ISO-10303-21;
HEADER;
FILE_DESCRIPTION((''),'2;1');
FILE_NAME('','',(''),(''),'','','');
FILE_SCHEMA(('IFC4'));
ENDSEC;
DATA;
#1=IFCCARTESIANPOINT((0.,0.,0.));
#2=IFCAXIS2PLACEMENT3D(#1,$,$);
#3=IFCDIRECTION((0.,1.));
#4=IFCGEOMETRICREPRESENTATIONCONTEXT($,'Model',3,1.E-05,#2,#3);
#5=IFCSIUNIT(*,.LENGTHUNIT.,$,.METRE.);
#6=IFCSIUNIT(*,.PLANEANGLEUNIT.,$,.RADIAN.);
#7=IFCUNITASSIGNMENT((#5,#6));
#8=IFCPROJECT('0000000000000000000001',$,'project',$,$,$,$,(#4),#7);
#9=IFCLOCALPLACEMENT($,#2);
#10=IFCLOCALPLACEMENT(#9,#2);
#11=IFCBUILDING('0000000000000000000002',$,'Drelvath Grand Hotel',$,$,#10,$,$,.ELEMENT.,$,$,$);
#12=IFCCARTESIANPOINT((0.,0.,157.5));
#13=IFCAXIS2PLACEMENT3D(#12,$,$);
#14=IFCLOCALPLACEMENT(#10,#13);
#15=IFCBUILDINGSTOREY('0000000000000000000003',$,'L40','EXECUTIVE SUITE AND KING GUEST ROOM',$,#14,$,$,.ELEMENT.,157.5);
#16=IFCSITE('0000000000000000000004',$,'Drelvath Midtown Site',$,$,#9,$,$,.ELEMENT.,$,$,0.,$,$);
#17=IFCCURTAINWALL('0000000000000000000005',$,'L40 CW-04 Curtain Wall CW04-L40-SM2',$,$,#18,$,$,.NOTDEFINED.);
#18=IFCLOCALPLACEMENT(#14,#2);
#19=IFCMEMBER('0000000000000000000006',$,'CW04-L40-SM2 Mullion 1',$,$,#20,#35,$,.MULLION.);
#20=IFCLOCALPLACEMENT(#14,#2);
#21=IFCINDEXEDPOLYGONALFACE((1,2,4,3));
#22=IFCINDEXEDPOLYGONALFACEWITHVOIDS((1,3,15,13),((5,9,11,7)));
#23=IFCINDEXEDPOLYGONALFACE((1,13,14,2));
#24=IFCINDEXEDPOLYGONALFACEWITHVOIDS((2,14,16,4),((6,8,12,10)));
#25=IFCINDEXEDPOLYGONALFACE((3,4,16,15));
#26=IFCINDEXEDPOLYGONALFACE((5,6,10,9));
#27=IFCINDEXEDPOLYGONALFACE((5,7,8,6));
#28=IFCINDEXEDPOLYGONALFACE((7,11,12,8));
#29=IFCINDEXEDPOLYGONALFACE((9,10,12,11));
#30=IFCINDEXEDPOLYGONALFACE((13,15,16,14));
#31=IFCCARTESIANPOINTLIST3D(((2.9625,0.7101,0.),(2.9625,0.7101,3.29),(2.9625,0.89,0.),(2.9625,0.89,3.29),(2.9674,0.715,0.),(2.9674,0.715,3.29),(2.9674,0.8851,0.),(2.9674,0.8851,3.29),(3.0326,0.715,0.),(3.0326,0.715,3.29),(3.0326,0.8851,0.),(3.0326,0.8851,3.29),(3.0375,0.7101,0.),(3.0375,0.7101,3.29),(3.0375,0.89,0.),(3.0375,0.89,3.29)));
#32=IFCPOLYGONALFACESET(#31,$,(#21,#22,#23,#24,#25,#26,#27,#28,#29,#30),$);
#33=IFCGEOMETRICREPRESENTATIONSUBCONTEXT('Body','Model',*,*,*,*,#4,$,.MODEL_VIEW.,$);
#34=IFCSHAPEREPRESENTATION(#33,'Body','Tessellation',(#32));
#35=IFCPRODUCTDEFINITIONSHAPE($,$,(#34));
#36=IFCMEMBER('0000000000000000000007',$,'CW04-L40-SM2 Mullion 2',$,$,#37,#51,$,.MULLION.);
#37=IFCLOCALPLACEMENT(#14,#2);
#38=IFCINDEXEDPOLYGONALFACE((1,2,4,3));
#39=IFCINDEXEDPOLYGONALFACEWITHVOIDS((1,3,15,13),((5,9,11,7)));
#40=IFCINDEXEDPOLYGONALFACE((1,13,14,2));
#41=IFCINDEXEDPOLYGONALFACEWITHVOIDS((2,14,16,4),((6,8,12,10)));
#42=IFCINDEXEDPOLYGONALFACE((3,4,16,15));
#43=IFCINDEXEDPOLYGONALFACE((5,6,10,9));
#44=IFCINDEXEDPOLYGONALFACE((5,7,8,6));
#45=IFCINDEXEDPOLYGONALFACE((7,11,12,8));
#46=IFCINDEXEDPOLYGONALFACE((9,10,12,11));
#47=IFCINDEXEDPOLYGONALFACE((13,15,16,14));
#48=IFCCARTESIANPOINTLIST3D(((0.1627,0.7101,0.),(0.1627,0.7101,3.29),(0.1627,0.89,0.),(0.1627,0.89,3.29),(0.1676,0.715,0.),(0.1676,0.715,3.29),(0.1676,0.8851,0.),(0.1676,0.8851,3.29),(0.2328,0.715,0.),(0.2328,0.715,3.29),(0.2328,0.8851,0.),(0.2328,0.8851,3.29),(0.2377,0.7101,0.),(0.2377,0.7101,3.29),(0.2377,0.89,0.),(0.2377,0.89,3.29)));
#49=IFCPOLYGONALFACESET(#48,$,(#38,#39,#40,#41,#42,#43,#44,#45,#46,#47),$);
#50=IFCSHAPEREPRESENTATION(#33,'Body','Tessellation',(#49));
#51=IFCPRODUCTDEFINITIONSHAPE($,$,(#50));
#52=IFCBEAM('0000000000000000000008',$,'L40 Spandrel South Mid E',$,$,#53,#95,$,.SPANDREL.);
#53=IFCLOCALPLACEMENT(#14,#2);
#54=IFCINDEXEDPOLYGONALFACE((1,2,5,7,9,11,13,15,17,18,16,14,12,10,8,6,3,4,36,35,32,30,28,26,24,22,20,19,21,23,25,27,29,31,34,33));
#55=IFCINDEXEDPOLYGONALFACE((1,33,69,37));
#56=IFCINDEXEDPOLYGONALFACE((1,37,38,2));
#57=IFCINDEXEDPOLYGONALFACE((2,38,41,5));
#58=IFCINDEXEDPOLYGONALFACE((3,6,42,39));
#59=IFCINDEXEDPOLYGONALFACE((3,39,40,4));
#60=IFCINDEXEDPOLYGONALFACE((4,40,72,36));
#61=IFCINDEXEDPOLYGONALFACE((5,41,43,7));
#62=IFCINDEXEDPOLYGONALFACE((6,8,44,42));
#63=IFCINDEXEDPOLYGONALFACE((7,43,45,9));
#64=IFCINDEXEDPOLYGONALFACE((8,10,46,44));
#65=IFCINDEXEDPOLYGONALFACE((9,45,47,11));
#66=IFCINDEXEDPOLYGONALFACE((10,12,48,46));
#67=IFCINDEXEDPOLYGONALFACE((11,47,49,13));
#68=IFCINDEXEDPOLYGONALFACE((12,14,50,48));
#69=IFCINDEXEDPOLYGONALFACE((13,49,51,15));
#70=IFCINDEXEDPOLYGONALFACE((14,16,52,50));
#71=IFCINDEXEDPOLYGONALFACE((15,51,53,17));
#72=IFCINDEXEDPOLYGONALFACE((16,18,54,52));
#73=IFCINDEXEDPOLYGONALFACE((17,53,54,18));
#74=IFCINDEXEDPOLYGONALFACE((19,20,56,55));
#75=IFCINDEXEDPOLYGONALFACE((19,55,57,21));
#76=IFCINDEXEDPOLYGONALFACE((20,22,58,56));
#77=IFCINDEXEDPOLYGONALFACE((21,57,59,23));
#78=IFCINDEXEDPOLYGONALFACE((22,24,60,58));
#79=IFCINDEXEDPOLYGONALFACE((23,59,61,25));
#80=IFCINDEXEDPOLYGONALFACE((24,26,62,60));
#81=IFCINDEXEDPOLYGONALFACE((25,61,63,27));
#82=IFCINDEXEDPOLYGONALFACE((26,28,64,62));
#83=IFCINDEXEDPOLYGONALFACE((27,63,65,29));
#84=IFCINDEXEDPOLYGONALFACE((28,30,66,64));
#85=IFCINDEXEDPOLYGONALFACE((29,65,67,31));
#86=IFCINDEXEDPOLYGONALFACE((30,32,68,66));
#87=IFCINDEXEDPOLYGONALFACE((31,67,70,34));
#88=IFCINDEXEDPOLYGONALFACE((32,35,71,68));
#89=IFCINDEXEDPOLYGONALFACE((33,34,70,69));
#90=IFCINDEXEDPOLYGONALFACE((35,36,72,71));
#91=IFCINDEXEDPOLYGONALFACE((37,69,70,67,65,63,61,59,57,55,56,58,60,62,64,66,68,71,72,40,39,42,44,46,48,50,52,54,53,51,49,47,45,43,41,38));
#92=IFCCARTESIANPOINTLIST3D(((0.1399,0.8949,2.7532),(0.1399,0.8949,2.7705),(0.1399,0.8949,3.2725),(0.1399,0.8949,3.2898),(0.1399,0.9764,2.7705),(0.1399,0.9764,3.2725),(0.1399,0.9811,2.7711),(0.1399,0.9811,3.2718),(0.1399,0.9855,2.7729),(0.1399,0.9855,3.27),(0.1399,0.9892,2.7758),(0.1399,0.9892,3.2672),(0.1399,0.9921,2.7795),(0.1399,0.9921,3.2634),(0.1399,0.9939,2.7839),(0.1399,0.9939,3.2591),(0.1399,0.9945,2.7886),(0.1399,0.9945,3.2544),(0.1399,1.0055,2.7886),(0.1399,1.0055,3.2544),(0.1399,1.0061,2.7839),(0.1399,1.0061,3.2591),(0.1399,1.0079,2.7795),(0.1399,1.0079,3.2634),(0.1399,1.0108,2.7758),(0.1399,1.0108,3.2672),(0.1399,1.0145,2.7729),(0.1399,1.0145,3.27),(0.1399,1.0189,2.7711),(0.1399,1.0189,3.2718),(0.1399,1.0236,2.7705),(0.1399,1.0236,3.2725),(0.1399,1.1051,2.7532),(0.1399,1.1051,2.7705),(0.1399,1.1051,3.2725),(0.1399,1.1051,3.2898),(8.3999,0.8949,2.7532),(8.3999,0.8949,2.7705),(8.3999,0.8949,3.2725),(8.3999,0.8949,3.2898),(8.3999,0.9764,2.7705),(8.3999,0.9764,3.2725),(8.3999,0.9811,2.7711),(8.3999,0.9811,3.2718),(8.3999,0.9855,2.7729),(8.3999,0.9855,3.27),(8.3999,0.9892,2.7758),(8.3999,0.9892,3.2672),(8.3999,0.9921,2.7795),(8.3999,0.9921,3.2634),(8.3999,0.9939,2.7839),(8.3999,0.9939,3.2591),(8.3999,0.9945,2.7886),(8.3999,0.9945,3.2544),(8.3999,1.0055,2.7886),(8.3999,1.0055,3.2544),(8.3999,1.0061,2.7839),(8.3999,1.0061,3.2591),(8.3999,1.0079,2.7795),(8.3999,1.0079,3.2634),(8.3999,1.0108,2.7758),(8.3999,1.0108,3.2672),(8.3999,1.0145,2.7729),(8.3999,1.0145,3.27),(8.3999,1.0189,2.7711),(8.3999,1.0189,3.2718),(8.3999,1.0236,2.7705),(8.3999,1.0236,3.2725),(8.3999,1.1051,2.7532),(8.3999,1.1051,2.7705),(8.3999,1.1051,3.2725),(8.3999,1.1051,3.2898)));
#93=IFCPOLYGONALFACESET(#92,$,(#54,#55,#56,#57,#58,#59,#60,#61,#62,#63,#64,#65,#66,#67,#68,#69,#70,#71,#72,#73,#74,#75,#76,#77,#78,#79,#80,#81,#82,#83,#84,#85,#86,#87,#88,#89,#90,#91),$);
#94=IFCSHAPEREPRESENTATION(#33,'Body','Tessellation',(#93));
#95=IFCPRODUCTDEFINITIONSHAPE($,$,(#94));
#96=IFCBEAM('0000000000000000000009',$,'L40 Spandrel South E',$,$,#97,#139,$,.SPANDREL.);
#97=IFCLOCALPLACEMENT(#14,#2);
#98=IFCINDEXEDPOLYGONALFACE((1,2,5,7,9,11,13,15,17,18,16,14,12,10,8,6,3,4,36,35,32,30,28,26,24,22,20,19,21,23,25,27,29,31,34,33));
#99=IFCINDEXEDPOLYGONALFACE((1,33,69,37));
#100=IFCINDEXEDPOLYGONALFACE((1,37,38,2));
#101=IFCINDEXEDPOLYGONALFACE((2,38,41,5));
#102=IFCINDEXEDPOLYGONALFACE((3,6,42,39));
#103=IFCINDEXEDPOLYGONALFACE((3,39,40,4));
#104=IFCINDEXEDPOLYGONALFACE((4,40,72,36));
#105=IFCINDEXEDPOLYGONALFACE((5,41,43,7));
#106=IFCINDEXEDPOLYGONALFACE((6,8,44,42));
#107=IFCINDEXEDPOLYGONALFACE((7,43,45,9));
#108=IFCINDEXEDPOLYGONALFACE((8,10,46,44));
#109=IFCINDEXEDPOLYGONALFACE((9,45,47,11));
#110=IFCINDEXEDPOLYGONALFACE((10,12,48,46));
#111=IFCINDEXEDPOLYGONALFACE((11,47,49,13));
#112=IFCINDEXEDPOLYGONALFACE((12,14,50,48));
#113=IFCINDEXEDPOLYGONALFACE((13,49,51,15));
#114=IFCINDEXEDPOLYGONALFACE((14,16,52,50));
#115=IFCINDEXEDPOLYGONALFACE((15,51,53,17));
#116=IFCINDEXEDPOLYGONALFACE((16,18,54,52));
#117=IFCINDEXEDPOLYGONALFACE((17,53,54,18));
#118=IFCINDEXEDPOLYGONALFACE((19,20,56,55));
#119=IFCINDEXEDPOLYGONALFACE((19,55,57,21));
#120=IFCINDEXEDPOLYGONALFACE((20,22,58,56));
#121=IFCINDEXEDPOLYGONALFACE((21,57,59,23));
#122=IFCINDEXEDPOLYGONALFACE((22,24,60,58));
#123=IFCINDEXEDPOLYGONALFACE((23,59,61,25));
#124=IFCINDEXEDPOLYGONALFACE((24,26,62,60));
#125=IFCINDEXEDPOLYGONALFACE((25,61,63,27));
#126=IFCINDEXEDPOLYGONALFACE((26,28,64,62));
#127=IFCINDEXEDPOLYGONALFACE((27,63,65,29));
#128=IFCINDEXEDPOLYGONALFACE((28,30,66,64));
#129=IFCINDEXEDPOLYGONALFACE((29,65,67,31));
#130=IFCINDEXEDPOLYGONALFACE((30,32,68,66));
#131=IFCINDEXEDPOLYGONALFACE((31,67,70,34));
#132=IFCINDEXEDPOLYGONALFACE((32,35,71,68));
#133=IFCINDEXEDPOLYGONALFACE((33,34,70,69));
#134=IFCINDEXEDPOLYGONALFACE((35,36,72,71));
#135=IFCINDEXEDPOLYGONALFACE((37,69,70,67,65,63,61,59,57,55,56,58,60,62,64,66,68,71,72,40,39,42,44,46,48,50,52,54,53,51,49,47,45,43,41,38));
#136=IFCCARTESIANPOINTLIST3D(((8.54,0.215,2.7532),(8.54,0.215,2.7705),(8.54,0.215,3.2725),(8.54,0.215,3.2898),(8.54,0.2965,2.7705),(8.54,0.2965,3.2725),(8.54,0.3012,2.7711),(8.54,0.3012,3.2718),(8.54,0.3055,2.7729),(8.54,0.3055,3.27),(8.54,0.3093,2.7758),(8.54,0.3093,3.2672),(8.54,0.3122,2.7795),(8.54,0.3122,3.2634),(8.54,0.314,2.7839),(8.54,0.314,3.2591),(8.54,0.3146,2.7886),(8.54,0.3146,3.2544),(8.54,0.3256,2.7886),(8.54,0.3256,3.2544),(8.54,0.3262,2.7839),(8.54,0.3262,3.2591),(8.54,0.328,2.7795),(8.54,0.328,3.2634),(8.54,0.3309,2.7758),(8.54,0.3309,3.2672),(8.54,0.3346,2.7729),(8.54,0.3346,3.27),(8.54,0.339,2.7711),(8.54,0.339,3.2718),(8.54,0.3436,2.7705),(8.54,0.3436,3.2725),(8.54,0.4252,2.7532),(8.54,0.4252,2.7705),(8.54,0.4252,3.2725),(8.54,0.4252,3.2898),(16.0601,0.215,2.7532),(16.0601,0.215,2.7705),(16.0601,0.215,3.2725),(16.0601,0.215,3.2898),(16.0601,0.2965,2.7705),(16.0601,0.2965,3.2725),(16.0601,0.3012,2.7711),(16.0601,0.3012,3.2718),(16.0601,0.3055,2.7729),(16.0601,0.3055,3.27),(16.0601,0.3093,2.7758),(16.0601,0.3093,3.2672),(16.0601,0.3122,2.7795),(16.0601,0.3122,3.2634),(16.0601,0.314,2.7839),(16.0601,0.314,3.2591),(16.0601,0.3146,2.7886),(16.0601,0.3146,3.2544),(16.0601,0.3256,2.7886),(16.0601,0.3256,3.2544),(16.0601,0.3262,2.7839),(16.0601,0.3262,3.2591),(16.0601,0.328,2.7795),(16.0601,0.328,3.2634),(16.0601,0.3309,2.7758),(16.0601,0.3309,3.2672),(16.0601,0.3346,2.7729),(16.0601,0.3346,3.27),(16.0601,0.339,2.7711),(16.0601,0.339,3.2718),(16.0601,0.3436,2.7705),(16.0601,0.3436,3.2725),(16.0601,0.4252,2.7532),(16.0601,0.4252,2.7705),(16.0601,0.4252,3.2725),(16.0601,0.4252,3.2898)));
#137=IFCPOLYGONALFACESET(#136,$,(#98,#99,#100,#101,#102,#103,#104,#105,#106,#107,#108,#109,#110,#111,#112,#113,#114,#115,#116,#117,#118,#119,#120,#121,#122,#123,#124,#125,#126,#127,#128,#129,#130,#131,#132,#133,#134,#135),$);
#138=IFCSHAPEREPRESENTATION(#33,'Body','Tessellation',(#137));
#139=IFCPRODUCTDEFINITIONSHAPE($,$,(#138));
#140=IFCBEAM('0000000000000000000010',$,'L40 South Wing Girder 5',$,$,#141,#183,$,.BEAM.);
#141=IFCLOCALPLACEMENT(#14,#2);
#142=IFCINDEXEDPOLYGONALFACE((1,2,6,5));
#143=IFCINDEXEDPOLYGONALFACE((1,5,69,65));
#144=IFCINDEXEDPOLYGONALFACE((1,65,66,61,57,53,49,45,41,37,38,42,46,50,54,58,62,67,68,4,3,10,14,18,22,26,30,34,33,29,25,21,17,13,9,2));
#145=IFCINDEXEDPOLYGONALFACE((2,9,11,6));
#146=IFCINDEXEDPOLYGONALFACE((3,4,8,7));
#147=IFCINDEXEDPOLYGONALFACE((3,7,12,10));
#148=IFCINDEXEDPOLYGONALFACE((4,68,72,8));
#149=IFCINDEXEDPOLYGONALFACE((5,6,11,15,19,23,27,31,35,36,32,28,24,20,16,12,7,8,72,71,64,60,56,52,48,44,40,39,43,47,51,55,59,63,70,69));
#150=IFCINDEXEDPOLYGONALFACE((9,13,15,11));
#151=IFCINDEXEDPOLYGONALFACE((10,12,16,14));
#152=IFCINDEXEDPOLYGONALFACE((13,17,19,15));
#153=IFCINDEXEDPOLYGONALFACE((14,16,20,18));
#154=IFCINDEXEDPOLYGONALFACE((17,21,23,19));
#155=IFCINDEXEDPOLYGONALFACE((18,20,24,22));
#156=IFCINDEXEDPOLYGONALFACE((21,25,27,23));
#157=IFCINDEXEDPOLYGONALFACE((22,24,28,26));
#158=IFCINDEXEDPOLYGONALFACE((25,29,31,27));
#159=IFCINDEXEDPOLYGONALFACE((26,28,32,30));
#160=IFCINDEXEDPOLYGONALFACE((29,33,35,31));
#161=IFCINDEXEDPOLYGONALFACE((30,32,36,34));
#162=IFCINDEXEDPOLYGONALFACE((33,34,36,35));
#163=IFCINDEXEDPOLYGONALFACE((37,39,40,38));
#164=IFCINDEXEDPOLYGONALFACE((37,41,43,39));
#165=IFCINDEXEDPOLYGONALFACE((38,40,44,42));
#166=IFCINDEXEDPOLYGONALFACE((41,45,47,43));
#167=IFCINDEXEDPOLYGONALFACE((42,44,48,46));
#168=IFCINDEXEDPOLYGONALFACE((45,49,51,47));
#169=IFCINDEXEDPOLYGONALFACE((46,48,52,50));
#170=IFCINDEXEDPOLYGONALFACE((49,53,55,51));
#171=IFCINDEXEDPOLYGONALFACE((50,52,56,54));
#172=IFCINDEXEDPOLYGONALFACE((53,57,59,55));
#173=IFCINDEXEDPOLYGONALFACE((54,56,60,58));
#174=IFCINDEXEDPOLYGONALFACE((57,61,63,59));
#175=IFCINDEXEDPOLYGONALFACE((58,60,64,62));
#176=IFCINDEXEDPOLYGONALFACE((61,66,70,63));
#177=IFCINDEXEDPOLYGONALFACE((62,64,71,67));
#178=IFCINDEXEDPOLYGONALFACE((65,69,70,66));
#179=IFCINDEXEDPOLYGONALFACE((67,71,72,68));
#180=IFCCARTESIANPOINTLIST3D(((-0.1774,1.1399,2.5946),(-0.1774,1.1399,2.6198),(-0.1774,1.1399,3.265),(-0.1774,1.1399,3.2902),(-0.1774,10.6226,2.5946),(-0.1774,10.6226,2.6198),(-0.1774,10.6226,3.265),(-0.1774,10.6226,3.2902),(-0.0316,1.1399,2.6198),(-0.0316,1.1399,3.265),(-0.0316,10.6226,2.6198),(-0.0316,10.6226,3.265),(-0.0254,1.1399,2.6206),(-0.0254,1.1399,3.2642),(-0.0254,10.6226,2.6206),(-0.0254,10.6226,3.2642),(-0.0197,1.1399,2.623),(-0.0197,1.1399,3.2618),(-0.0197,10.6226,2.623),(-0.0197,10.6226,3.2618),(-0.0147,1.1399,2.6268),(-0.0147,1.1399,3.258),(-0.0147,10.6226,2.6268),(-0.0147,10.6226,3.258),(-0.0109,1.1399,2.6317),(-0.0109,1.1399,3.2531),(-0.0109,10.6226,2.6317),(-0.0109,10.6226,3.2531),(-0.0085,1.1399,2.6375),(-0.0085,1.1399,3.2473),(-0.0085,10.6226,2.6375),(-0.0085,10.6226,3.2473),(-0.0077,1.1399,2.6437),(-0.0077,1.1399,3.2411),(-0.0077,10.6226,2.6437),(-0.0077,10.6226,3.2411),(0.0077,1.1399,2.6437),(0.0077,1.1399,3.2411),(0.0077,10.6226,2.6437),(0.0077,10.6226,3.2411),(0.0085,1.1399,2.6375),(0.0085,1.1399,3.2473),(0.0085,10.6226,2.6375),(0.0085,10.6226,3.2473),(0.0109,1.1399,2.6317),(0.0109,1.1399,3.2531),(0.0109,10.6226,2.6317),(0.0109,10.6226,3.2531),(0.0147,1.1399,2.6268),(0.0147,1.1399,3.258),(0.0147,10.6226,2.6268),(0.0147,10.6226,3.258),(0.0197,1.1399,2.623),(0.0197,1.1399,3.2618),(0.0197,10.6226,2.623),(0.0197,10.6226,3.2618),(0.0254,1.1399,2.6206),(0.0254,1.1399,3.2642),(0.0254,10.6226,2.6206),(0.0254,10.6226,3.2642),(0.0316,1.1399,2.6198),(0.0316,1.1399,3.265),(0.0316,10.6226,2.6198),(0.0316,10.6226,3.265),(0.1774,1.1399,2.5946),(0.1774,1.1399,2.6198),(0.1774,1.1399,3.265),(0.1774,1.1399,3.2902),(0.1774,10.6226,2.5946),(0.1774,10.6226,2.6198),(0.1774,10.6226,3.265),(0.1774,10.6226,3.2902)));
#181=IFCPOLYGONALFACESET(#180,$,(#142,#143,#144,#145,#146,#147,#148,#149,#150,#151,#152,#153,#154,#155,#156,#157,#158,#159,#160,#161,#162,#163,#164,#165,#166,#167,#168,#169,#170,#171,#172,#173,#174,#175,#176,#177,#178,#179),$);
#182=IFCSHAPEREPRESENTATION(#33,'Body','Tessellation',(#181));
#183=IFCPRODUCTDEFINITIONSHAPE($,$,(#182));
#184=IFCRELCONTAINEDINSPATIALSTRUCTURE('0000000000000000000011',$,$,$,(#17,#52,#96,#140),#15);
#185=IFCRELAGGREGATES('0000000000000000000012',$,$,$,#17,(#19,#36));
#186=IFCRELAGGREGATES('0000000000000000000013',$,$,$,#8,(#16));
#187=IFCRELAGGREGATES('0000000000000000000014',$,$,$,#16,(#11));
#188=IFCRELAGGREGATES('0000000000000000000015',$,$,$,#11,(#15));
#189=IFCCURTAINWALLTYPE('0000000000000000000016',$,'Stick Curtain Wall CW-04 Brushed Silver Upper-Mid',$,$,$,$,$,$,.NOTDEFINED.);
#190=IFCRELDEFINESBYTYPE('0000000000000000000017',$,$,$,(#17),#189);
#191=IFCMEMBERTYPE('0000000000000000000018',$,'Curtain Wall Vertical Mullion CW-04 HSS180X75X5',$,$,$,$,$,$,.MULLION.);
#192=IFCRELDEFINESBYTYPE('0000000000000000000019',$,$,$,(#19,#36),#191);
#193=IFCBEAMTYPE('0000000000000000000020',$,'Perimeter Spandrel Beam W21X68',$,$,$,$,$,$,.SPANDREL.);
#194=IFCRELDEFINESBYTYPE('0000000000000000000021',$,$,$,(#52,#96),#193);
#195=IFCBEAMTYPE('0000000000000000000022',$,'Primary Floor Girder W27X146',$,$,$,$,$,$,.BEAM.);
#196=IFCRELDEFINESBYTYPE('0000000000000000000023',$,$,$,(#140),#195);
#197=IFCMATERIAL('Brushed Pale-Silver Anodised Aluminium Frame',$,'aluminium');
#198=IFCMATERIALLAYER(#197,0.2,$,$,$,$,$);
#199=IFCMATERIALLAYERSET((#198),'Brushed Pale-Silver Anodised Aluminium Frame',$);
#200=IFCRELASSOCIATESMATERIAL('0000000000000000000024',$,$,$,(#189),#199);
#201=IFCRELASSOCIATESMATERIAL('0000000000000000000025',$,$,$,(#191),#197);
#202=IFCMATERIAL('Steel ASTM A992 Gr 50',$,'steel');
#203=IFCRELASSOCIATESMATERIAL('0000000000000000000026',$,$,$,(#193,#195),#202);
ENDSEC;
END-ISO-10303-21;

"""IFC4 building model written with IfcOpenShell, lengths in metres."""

from ifc_helpers import new_model, si_unit, direction, frame, origin, origin_2d, place, context, subcontext, project, spatial, hollow_rectangle, i_section, extrude, material, layer, layer_set, material_profile, profile_set, type_object, element, aggregate, save


model = new_model("IFC4")

# Units and contexts
model_context = context("Model", 3, precision=1e-05, world=origin(), true_north=direction((0.0, 1.0)))
body_context = subcontext(model_context, "Body", "Model", "MODEL_VIEW")
ifc_project = project(units=[si_unit("LENGTHUNIT", "METRE"), si_unit("PLANEANGLEUNIT", "RADIAN")], contexts=[model_context])

# Site, building, storey
site_placement = place(None, origin())
site = spatial("IfcSite", under=ifc_project, at=site_placement, Name="Drelvath Midtown Site", CompositionType="ELEMENT", RefElevation=0.0)
building_placement = place(site_placement, origin())
building = spatial("IfcBuilding", under=site, at=building_placement, Name="Drelvath Grand Hotel", CompositionType="ELEMENT")
storey_placement = place(building_placement, frame((0.0, 0.0, 157.5)))
storey = spatial("IfcBuildingStorey", under=building, at=storey_placement, Name="L40", Description="EXECUTIVE SUITE AND KING GUEST ROOM", CompositionType="ELEMENT", Elevation=157.5)

# Curtain wall
ifc_material_1 = material(Name="Brushed Pale-Silver Anodised Aluminium Frame", Category="aluminium")
ifc_layer_1 = layer(ifc_material_1, 0.2)
ifc_layer_set_1 = layer_set([ifc_layer_1], Name="Brushed Pale-Silver Anodised Aluminium Frame")
curtain_wall_type = type_object("IfcCurtainWallType", Name="Stick Curtain Wall CW-04 Brushed Silver Upper-Mid", PredefinedType="NOTDEFINED", material=ifc_layer_set_1)
curtain_wall_1_placement = place(storey_placement, origin())
curtain_wall_1 = element("IfcCurtainWall", 1, at=curtain_wall_1_placement, inside=storey, type_object=curtain_wall_type, Name="L40 CW-04 Curtain Wall CW04-L40-SM2", PredefinedType="NOTDEFINED")

# Shared definitions
ifc_material_profile_1 = material_profile(ifc_material_1, hollow_rectangle(XDim=0.075, YDim=0.1799, WallThickness=0.0049, at=origin_2d()), Name="HSS180X75X5")
ifc_profile_set_1 = profile_set([ifc_material_profile_1], Name="Brushed Pale-Silver Anodised Aluminium Frame")
member_type_1 = type_object("IfcMemberType", Name="Curtain Wall Vertical Mullion CW-04 HSS180X75X5", PredefinedType="MULLION", material=ifc_profile_set_1)

# Members
member_1_placement = place(storey_placement, frame((3.0, 0.8, 0.0), z_axis=(0.0, 0.0, 1.0), x_axis=(1.0, 0.0, 0.0)))
member_1 = element("IfcMember", 2, at=member_1_placement, type_object=member_type_1, Name="CW04-L40-SM2 Mullion 1", PredefinedType="MULLION", context=body_context, shape_type="SweptSolid", body=[
    extrude(hollow_rectangle(XDim=0.075, YDim=0.1799, WallThickness=0.0049, at=origin_2d()), origin(), (0.0, 0.0, 1.0), 3.29),
])
member_2_placement = place(storey_placement, frame((0.2002, 0.8, 0.0), z_axis=(0.0, 0.0, 1.0), x_axis=(1.0, 0.0, 0.0)))
member_2 = element("IfcMember", 3, at=member_2_placement, type_object=member_type_1, Name="CW04-L40-SM2 Mullion 2", PredefinedType="MULLION", context=body_context, shape_type="SweptSolid", body=[
    extrude(hollow_rectangle(XDim=0.075, YDim=0.1799, WallThickness=0.0049, at=origin_2d()), origin(), (0.0, 0.0, 1.0), 3.29),
])

# Beams
ifc_material_2 = material(Name="Steel ASTM A992 Gr 50", Category="steel")
ifc_material_profile_2 = material_profile(ifc_material_2, i_section(OverallWidth=0.2102, OverallDepth=0.5366, WebThickness=0.011, FlangeThickness=0.0173, FilletRadius=0.0181, at=origin_2d()), Name="W21X68")
ifc_profile_set_2 = profile_set([ifc_material_profile_2], Name="Steel ASTM A992 Gr 50")
beam_type_1 = type_object("IfcBeamType", Name="Perimeter Spandrel Beam W21X68", PredefinedType="SPANDREL", material=ifc_profile_set_2)
beam_1_placement = place(storey_placement, frame((0.1399, 1.0, 3.0215), z_axis=(1.0, 0.0, 0.0), x_axis=(0.0, 1.0, 0.0)))
element("IfcBeam", 4, at=beam_1_placement, inside=storey, type_object=beam_type_1, Name="L40 Spandrel South Mid E", PredefinedType="SPANDREL", context=body_context, shape_type="SweptSolid", body=[
    extrude(i_section(OverallWidth=0.2102, OverallDepth=0.5366, WebThickness=0.011, FlangeThickness=0.0173, FilletRadius=0.0181, at=origin_2d()), origin(), (0.0, 0.0, 1.0), 8.26),
])
beam_2_placement = place(storey_placement, frame((8.54, 0.3201, 3.0215), z_axis=(1.0, 0.0, 0.0), x_axis=(0.0, 1.0, 0.0)))
element("IfcBeam", 5, at=beam_2_placement, inside=storey, type_object=beam_type_1, Name="L40 Spandrel South E", PredefinedType="SPANDREL", context=body_context, shape_type="SweptSolid", body=[
    extrude(i_section(OverallWidth=0.2102, OverallDepth=0.5366, WebThickness=0.011, FlangeThickness=0.0173, FilletRadius=0.0181, at=origin_2d()), origin(), (0.0, 0.0, 1.0), 7.52),
])
ifc_material_profile_3 = material_profile(ifc_material_2, i_section(OverallWidth=0.3547, OverallDepth=0.6956, WebThickness=0.0154, FlangeThickness=0.0251, FilletRadius=0.0239, at=origin_2d()), Name="W27X146")
ifc_profile_set_3 = profile_set([ifc_material_profile_3], Name="Steel ASTM A992 Gr 50")
beam_type_2 = type_object("IfcBeamType", Name="Primary Floor Girder W27X146", PredefinedType="BEAM", material=ifc_profile_set_3)
beam_3_placement = place(storey_placement, frame((0.0, 1.1399, 2.9424), z_axis=(0.0, 1.0, 0.0), x_axis=(-1.0, 0.0, 0.0)))
element("IfcBeam", 6, at=beam_3_placement, inside=storey, type_object=beam_type_2, Name="L40 South Wing Girder 5", PredefinedType="BEAM", context=body_context, shape_type="SweptSolid", body=[
    extrude(i_section(OverallWidth=0.3547, OverallDepth=0.6956, WebThickness=0.0154, FlangeThickness=0.0251, FilletRadius=0.0239, at=origin_2d()), origin(), (0.0, 0.0, 1.0), 9.4827),
])

aggregate(curtain_wall_1, [member_1, member_2])

save(model, "model.ifc")
